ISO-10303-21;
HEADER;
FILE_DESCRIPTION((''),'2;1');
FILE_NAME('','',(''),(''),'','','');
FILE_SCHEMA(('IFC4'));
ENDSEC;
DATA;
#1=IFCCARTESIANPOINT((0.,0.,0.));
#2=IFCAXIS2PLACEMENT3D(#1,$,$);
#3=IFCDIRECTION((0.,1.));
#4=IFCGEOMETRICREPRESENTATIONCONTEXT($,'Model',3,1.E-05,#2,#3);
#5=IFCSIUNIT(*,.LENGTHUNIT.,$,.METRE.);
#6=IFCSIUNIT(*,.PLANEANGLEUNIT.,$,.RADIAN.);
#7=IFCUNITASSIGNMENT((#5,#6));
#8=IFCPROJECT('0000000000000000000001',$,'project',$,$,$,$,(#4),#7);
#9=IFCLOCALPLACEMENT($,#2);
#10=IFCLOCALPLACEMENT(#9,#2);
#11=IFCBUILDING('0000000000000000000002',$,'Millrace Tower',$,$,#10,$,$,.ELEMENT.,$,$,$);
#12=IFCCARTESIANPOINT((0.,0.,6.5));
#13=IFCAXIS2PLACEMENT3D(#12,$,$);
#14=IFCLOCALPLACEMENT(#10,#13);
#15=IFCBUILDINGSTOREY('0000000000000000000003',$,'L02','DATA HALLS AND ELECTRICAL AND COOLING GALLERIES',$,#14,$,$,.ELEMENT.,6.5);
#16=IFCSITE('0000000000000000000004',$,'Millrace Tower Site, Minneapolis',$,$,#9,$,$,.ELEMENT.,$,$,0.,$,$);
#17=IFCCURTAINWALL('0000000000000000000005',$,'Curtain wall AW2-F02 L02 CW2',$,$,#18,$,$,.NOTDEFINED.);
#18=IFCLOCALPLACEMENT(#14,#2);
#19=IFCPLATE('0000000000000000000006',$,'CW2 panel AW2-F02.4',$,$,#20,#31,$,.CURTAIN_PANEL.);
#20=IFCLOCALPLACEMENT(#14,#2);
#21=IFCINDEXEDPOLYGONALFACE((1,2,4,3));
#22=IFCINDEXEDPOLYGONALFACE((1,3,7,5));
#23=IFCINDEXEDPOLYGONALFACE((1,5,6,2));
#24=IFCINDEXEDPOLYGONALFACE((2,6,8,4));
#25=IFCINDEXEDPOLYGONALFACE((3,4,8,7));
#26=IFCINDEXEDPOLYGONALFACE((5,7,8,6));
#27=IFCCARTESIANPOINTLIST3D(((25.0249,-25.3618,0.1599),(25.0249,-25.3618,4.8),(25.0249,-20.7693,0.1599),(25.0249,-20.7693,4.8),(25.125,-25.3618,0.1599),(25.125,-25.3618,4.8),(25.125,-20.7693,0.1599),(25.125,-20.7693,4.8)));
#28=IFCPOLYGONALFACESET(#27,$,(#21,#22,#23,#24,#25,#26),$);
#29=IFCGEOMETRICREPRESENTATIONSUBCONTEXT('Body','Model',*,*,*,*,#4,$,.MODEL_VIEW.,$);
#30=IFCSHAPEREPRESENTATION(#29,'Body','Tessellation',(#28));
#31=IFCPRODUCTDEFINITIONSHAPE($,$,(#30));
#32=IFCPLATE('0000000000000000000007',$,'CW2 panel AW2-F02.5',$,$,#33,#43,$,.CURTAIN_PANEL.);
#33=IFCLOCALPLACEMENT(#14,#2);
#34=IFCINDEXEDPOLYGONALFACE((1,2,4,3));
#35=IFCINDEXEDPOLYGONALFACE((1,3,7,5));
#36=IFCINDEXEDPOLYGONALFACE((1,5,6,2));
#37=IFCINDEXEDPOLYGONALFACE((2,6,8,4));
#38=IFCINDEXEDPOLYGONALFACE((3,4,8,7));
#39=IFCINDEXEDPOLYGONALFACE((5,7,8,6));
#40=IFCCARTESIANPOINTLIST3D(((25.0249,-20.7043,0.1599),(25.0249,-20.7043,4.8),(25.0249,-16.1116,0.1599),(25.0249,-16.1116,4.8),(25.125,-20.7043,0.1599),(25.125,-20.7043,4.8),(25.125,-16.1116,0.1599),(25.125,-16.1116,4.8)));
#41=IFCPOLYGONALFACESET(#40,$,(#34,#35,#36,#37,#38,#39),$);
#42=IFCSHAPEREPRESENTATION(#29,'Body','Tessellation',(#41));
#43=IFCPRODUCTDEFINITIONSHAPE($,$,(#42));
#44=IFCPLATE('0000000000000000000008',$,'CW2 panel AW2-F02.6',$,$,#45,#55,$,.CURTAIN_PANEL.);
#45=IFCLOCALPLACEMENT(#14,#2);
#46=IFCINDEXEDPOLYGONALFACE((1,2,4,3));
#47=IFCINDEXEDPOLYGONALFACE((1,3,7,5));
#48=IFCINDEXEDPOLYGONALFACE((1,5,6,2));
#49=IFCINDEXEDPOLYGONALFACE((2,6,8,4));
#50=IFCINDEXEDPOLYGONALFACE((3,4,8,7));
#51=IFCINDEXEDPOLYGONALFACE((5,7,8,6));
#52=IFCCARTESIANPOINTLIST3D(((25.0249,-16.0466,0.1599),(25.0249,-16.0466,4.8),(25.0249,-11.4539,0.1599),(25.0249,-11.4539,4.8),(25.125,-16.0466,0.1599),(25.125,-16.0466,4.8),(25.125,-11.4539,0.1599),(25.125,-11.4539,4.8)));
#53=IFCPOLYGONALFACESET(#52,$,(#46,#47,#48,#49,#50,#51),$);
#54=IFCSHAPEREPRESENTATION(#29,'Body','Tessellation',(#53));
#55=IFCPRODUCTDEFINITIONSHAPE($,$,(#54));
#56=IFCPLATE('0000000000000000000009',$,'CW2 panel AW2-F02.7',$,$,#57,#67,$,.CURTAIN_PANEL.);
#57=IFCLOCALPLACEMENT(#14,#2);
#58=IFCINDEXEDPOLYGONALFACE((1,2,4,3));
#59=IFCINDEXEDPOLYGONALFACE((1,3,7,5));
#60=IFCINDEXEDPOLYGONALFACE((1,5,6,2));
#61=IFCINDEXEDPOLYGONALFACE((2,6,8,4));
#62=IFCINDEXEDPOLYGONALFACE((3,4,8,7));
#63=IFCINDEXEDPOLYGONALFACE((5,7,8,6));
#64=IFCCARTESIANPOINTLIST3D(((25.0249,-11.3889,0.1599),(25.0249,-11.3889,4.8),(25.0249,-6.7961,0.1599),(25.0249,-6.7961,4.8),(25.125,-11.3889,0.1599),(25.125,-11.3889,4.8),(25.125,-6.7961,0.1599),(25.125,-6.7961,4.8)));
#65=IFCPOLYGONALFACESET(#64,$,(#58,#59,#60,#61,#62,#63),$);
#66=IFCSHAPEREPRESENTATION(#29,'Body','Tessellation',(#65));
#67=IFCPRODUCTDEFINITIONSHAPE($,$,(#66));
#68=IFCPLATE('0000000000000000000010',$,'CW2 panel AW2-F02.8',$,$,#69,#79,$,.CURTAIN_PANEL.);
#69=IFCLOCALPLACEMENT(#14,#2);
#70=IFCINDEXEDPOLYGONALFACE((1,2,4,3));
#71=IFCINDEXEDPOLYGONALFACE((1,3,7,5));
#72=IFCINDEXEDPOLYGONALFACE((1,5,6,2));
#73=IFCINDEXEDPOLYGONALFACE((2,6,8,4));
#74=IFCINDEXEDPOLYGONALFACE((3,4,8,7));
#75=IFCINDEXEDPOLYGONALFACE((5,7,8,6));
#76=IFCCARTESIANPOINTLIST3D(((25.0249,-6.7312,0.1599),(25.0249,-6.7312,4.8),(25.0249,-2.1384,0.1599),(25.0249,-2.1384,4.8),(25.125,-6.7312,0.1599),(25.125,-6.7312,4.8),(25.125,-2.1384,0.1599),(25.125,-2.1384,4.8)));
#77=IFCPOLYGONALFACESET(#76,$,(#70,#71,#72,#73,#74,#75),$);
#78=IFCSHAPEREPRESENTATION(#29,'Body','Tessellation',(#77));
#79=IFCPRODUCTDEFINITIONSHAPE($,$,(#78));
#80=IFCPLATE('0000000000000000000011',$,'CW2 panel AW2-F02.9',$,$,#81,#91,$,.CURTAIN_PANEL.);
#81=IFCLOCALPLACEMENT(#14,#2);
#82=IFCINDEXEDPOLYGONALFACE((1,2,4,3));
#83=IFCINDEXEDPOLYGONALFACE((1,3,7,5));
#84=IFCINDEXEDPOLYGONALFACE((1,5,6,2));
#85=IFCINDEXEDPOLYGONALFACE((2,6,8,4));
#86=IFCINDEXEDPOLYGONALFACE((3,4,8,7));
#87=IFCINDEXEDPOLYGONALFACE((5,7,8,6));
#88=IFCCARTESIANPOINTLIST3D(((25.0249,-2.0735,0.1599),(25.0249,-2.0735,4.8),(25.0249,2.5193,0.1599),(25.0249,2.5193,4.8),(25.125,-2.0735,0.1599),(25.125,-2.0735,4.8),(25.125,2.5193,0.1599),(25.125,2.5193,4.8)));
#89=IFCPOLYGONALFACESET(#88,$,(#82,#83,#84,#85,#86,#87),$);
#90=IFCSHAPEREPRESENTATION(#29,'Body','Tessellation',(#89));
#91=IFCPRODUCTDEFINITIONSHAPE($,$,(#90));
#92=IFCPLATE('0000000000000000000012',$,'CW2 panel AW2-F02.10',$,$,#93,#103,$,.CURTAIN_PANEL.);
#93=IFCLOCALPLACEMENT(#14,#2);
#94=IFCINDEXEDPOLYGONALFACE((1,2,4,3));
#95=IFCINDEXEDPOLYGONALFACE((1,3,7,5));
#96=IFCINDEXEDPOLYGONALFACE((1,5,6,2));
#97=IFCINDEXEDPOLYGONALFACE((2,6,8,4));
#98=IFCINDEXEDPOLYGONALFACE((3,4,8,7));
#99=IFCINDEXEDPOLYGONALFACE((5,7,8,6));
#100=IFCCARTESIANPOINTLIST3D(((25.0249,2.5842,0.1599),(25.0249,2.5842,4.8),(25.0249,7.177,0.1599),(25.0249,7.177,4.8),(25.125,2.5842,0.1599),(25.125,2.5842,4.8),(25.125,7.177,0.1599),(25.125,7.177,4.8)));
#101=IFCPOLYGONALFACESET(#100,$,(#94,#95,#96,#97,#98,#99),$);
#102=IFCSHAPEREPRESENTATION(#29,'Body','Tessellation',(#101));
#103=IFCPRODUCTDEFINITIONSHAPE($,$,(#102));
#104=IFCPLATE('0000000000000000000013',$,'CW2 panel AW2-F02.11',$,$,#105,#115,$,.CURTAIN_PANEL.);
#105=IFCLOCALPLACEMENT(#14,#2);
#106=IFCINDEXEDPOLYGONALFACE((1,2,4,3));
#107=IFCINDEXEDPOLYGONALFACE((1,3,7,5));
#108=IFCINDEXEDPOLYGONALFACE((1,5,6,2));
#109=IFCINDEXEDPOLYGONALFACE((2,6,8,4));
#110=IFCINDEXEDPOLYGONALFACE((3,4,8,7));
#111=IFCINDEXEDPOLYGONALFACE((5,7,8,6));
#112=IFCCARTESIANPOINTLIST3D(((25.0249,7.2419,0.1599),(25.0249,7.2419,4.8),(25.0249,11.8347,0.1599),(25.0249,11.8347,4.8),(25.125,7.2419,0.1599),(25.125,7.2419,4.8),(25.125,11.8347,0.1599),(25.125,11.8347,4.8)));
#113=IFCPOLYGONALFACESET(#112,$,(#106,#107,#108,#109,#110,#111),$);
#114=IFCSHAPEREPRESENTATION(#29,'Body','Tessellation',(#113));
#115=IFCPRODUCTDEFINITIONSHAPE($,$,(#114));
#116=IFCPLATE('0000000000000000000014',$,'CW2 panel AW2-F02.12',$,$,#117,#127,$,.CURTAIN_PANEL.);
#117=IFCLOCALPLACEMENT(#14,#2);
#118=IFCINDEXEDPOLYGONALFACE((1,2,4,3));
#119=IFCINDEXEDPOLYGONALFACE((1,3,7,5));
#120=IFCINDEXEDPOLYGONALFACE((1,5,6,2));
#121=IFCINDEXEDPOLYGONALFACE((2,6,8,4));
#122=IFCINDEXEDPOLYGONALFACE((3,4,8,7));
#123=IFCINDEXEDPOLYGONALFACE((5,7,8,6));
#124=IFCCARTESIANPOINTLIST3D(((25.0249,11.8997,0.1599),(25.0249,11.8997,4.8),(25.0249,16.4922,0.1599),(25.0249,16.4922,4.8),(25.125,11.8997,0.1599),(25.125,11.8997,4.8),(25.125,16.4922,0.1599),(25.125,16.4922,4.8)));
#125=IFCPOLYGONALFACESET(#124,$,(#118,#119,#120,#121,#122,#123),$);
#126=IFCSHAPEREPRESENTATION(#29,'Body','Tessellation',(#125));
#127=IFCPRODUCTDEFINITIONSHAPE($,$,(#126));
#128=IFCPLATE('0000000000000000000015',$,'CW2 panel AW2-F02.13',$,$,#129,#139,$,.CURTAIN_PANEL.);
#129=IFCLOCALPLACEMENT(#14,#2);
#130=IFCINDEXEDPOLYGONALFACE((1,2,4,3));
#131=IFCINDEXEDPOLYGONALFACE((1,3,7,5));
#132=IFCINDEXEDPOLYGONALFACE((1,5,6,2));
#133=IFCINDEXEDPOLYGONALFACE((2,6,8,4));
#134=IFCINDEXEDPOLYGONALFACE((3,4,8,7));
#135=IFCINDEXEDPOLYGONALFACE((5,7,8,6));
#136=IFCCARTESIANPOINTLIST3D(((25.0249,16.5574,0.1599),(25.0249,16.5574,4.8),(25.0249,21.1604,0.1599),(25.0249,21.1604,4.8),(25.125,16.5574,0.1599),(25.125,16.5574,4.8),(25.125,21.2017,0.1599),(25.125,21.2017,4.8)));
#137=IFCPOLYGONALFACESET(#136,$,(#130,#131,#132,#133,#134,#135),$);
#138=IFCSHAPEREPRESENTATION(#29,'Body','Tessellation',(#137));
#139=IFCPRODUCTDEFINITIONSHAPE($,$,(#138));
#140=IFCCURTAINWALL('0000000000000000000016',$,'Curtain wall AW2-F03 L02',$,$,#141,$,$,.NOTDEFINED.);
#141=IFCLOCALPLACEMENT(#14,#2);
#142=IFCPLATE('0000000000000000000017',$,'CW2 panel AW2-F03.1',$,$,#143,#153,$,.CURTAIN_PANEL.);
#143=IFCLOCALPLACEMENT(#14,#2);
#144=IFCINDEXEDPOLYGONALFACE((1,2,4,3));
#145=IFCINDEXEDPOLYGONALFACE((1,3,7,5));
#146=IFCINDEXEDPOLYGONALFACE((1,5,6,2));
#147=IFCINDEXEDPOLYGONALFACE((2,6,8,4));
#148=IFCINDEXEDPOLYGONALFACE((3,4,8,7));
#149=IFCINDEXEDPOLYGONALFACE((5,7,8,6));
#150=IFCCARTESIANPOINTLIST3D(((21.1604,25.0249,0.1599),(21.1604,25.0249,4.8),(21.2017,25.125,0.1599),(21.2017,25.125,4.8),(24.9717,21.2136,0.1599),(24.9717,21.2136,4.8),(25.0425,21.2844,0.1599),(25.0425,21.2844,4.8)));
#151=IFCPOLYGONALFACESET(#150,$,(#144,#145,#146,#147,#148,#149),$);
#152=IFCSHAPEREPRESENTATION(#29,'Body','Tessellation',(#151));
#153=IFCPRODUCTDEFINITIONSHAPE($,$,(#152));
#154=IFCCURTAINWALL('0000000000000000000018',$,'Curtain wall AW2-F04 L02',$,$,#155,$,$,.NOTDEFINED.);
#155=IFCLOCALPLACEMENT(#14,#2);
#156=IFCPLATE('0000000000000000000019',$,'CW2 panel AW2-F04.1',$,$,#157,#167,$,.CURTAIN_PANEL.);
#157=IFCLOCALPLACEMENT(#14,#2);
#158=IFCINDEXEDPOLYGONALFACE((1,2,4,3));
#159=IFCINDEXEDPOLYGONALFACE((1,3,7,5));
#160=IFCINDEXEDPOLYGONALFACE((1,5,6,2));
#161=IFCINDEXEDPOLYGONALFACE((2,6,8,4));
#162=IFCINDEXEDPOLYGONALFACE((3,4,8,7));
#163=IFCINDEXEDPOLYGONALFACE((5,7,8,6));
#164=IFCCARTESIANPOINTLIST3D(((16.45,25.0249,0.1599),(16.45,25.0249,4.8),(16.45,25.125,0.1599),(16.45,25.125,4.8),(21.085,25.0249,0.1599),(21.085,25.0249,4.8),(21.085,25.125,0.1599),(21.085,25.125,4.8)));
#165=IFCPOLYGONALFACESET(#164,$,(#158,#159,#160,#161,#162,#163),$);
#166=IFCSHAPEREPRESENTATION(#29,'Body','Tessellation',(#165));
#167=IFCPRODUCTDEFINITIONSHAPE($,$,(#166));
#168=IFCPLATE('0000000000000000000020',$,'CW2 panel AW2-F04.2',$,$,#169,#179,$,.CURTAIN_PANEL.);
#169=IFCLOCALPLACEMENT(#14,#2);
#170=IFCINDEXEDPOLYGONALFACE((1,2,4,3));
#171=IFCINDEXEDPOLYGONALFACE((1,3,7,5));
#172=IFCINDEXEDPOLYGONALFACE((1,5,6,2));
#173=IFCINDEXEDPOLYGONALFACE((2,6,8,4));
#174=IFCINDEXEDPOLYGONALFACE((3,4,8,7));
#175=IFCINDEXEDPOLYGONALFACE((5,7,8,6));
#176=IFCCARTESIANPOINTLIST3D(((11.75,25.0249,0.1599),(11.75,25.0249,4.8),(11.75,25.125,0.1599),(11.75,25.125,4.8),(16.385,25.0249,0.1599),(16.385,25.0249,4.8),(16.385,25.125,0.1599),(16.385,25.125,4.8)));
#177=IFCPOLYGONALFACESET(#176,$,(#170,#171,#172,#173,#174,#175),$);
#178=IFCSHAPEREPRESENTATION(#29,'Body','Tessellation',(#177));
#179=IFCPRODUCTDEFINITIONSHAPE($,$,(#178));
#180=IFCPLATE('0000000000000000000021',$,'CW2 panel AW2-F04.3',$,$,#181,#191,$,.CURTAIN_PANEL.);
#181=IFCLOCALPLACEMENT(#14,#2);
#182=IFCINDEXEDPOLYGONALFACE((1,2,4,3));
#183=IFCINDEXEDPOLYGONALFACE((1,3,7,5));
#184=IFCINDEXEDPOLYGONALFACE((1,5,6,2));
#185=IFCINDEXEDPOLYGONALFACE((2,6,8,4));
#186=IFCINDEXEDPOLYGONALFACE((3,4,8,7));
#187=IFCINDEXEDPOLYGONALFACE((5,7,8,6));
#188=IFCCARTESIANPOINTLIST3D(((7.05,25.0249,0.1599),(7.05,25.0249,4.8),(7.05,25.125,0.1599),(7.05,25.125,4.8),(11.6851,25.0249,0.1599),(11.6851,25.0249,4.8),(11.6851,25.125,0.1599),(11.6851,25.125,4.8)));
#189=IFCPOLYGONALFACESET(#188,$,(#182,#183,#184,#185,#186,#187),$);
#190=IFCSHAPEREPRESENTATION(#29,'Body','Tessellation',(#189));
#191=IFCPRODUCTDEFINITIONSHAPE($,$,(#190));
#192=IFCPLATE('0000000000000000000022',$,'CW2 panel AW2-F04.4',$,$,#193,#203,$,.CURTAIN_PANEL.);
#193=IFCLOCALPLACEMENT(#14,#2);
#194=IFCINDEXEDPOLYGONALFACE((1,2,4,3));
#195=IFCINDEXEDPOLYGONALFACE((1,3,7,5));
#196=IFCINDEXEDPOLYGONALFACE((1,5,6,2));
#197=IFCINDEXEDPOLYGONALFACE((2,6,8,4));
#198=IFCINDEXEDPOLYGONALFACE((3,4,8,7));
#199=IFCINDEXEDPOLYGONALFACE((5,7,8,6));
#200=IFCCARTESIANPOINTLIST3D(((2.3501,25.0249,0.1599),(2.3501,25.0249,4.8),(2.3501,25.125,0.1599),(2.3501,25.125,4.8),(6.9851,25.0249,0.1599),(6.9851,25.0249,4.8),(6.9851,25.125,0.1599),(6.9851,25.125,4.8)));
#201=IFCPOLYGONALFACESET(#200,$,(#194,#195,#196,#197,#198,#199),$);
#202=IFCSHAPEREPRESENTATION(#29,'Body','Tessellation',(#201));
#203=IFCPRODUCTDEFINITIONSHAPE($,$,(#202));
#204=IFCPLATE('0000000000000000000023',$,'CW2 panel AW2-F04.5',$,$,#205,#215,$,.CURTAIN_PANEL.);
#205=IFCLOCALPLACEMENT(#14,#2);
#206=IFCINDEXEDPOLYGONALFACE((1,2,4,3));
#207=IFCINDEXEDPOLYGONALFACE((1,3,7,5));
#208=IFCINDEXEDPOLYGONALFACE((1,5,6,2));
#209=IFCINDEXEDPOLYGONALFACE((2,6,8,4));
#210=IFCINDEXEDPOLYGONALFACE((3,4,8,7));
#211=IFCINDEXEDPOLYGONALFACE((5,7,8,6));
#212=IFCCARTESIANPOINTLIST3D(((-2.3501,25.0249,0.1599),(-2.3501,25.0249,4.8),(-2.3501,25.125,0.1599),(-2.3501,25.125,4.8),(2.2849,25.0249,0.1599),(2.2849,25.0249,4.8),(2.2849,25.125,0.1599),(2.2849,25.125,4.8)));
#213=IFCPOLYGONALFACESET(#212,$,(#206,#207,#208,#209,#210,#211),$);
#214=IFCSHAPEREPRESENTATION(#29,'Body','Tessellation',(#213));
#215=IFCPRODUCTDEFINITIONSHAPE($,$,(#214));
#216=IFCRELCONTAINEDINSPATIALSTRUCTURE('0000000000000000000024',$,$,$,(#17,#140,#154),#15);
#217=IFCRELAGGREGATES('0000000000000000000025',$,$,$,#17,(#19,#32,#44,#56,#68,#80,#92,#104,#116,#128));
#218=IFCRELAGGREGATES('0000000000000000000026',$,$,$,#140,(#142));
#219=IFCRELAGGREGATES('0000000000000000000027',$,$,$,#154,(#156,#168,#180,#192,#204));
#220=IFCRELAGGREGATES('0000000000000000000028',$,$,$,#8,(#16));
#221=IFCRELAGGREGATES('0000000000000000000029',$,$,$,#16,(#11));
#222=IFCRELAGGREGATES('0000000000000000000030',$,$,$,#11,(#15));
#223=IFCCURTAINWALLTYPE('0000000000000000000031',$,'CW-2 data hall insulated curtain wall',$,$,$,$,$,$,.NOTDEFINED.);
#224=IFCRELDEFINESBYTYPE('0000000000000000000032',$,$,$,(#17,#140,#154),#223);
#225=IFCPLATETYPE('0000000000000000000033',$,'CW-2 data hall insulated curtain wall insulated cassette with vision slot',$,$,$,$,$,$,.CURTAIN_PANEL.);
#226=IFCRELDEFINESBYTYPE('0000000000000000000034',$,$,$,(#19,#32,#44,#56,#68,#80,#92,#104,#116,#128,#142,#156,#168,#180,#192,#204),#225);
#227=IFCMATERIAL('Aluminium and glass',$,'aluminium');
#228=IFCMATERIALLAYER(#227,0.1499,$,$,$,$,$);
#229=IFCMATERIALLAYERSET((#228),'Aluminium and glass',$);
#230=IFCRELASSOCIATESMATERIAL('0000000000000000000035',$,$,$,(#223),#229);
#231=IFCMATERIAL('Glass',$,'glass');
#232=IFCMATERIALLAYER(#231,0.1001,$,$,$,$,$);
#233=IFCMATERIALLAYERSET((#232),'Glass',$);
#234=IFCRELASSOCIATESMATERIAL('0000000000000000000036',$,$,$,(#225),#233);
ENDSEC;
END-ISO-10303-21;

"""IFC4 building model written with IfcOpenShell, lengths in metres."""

from ifc_helpers import new_model, si_unit, direction, frame, origin, place, context, subcontext, project, spatial, polyline, outline, extrude, material, layer, layer_set, type_object, element, aggregate, save


model = new_model("IFC4")

# Units and contexts
model_context = context("Model", 3, precision=1e-05, world=origin(), true_north=direction((0.0, 1.0)))
body_context = subcontext(model_context, "Body", "Model", "MODEL_VIEW")
ifc_project = project(units=[si_unit("LENGTHUNIT", "METRE"), si_unit("PLANEANGLEUNIT", "RADIAN")], contexts=[model_context])

# Site, building, storey
site_placement = place(None, origin())
site = spatial("IfcSite", under=ifc_project, at=site_placement, Name="Millrace Tower Site, Minneapolis", CompositionType="ELEMENT", RefElevation=0.0)
building_placement = place(site_placement, origin())
building = spatial("IfcBuilding", under=site, at=building_placement, Name="Millrace Tower", CompositionType="ELEMENT")
storey_placement = place(building_placement, frame((0.0, 0.0, 6.5)))
storey = spatial("IfcBuildingStorey", under=building, at=storey_placement, Name="L02", Description="DATA HALLS AND ELECTRICAL AND COOLING GALLERIES", CompositionType="ELEMENT", Elevation=6.5)

# Curtain wall, plates
ifc_material_1 = material(Name="Aluminium and glass", Category="aluminium")
ifc_layer_1 = layer(ifc_material_1, 0.1499)
ifc_layer_set_1 = layer_set([ifc_layer_1], Name="Aluminium and glass")
curtain_wall_type_1 = type_object("IfcCurtainWallType", Name="CW-2 data hall insulated curtain wall", PredefinedType="NOTDEFINED", material=ifc_layer_set_1)
placement_1 = place(storey_placement, origin())
curtain_wall_1 = element("IfcCurtainWall", 1, at=placement_1, inside=storey, type_object=curtain_wall_type_1, Name="Curtain wall AW2-F02 L02 CW2", PredefinedType="NOTDEFINED")
ifc_material_2 = material(Name="Glass", Category="glass")
ifc_layer_2 = layer(ifc_material_2, 0.1001)
ifc_layer_set_2 = layer_set([ifc_layer_2], Name="Glass")
plate_type_1 = type_object("IfcPlateType", Name="CW-2 data hall insulated curtain wall insulated cassette with vision slot", PredefinedType="CURTAIN_PANEL", material=ifc_layer_set_2)
placement_2 = place(storey_placement, frame((0.0, 0.0, 0.1599)))
plate_1 = element("IfcPlate", 2, at=placement_2, type_object=plate_type_1, Name="CW2 panel AW2-F02.4", PredefinedType="CURTAIN_PANEL", context=body_context, shape_type="SweptSolid", body=[
    extrude(outline(polyline([(25.125, -25.3618), (25.125, -20.7693), (25.0249, -20.7693), (25.0249, -25.3618), (25.125, -25.3618)])), origin(), (0.0, 0.0, 1.0), 4.6401),
])
plate_2 = element("IfcPlate", 3, at=placement_2, type_object=plate_type_1, Name="CW2 panel AW2-F02.5", PredefinedType="CURTAIN_PANEL", context=body_context, shape_type="SweptSolid", body=[
    extrude(outline(polyline([(25.125, -20.7043), (25.125, -16.1116), (25.0249, -16.1116), (25.0249, -20.7043), (25.125, -20.7043)])), origin(), (0.0, 0.0, 1.0), 4.6401),
])
plate_3 = element("IfcPlate", 4, at=placement_2, type_object=plate_type_1, Name="CW2 panel AW2-F02.6", PredefinedType="CURTAIN_PANEL", context=body_context, shape_type="SweptSolid", body=[
    extrude(outline(polyline([(25.125, -16.0466), (25.125, -11.4539), (25.0249, -11.4539), (25.0249, -16.0466), (25.125, -16.0466)])), origin(), (0.0, 0.0, 1.0), 4.6401),
])
plate_4 = element("IfcPlate", 5, at=placement_2, type_object=plate_type_1, Name="CW2 panel AW2-F02.7", PredefinedType="CURTAIN_PANEL", context=body_context, shape_type="SweptSolid", body=[
    extrude(outline(polyline([(25.125, -11.3889), (25.125, -6.7961), (25.0249, -6.7961), (25.0249, -11.3889), (25.125, -11.3889)])), origin(), (0.0, 0.0, 1.0), 4.6401),
])
plate_5 = element("IfcPlate", 6, at=placement_2, type_object=plate_type_1, Name="CW2 panel AW2-F02.8", PredefinedType="CURTAIN_PANEL", context=body_context, shape_type="SweptSolid", body=[
    extrude(outline(polyline([(25.125, -6.7312), (25.125, -2.1384), (25.0249, -2.1384), (25.0249, -6.7312), (25.125, -6.7312)])), origin(), (0.0, 0.0, 1.0), 4.6401),
])
plate_6 = element("IfcPlate", 7, at=placement_2, type_object=plate_type_1, Name="CW2 panel AW2-F02.9", PredefinedType="CURTAIN_PANEL", context=body_context, shape_type="SweptSolid", body=[
    extrude(outline(polyline([(25.125, -2.0735), (25.125, 2.5193), (25.0249, 2.5193), (25.0249, -2.0735), (25.125, -2.0735)])), origin(), (0.0, 0.0, 1.0), 4.6401),
])
plate_7 = element("IfcPlate", 8, at=placement_2, type_object=plate_type_1, Name="CW2 panel AW2-F02.10", PredefinedType="CURTAIN_PANEL", context=body_context, shape_type="SweptSolid", body=[
    extrude(outline(polyline([(25.125, 2.5842), (25.125, 7.177), (25.0249, 7.177), (25.0249, 2.5842), (25.125, 2.5842)])), origin(), (0.0, 0.0, 1.0), 4.6401),
])
plate_8 = element("IfcPlate", 9, at=placement_2, type_object=plate_type_1, Name="CW2 panel AW2-F02.11", PredefinedType="CURTAIN_PANEL", context=body_context, shape_type="SweptSolid", body=[
    extrude(outline(polyline([(25.125, 7.2419), (25.125, 11.8347), (25.0249, 11.8347), (25.0249, 7.2419), (25.125, 7.2419)])), origin(), (0.0, 0.0, 1.0), 4.6401),
])
plate_9 = element("IfcPlate", 10, at=placement_2, type_object=plate_type_1, Name="CW2 panel AW2-F02.12", PredefinedType="CURTAIN_PANEL", context=body_context, shape_type="SweptSolid", body=[
    extrude(outline(polyline([(25.125, 11.8997), (25.125, 16.4922), (25.0249, 16.4922), (25.0249, 11.8997), (25.125, 11.8997)])), origin(), (0.0, 0.0, 1.0), 4.6401),
])
plate_10 = element("IfcPlate", 11, at=placement_2, type_object=plate_type_1, Name="CW2 panel AW2-F02.13", PredefinedType="CURTAIN_PANEL", context=body_context, shape_type="SweptSolid", body=[
    extrude(outline(polyline([(25.125, 16.5574), (25.125, 21.2017), (25.0249, 21.1604), (25.0249, 16.5574), (25.125, 16.5574)])), origin(), (0.0, 0.0, 1.0), 4.6401),
])
aggregate(curtain_wall_1, [plate_1, plate_2, plate_3, plate_4, plate_5, plate_6, plate_7, plate_8, plate_9, plate_10])

# Curtain wall, plate
curtain_wall_2 = element("IfcCurtainWall", 12, at=placement_1, inside=storey, type_object=curtain_wall_type_1, Name="Curtain wall AW2-F03 L02", PredefinedType="NOTDEFINED")
plate_11 = element("IfcPlate", 13, at=placement_2, type_object=plate_type_1, Name="CW2 panel AW2-F03.1", PredefinedType="CURTAIN_PANEL", context=body_context, shape_type="SweptSolid", body=[
    extrude(outline(polyline([(25.0425, 21.2844), (21.2017, 25.125), (21.1604, 25.0249), (24.9717, 21.2136), (25.0425, 21.2844)])), origin(), (0.0, 0.0, 1.0), 4.6401),
])
aggregate(curtain_wall_2, [plate_11])

# Curtain wall, plates
curtain_wall_3 = element("IfcCurtainWall", 14, at=placement_1, inside=storey, type_object=curtain_wall_type_1, Name="Curtain wall AW2-F04 L02", PredefinedType="NOTDEFINED")
plate_12 = element("IfcPlate", 15, at=placement_2, type_object=plate_type_1, Name="CW2 panel AW2-F04.1", PredefinedType="CURTAIN_PANEL", context=body_context, shape_type="SweptSolid", body=[
    extrude(outline(polyline([(21.085, 25.125), (16.45, 25.125), (16.45, 25.0249), (21.085, 25.0249), (21.085, 25.125)])), origin(), (0.0, 0.0, 1.0), 4.6401),
])
plate_13 = element("IfcPlate", 16, at=placement_2, type_object=plate_type_1, Name="CW2 panel AW2-F04.2", PredefinedType="CURTAIN_PANEL", context=body_context, shape_type="SweptSolid", body=[
    extrude(outline(polyline([(16.385, 25.125), (11.75, 25.125), (11.75, 25.0249), (16.385, 25.0249), (16.385, 25.125)])), origin(), (0.0, 0.0, 1.0), 4.6401),
])
plate_14 = element("IfcPlate", 17, at=placement_2, type_object=plate_type_1, Name="CW2 panel AW2-F04.3", PredefinedType="CURTAIN_PANEL", context=body_context, shape_type="SweptSolid", body=[
    extrude(outline(polyline([(11.6851, 25.125), (7.05, 25.125), (7.05, 25.0249), (11.6851, 25.0249), (11.6851, 25.125)])), origin(), (0.0, 0.0, 1.0), 4.6401),
])
plate_15 = element("IfcPlate", 18, at=placement_2, type_object=plate_type_1, Name="CW2 panel AW2-F04.4", PredefinedType="CURTAIN_PANEL", context=body_context, shape_type="SweptSolid", body=[
    extrude(outline(polyline([(6.9851, 25.125), (2.3501, 25.125), (2.3501, 25.0249), (6.9851, 25.0249), (6.9851, 25.125)])), origin(), (0.0, 0.0, 1.0), 4.6401),
])
plate_16 = element("IfcPlate", 19, at=placement_2, type_object=plate_type_1, Name="CW2 panel AW2-F04.5", PredefinedType="CURTAIN_PANEL", context=body_context, shape_type="SweptSolid", body=[
    extrude(outline(polyline([(2.2849, 25.125), (-2.3501, 25.125), (-2.3501, 25.0249), (2.2849, 25.0249), (2.2849, 25.125)])), origin(), (0.0, 0.0, 1.0), 4.6401),
])
aggregate(curtain_wall_3, [plate_12, plate_13, plate_14, plate_15, plate_16])

save(model, "model.ifc")
